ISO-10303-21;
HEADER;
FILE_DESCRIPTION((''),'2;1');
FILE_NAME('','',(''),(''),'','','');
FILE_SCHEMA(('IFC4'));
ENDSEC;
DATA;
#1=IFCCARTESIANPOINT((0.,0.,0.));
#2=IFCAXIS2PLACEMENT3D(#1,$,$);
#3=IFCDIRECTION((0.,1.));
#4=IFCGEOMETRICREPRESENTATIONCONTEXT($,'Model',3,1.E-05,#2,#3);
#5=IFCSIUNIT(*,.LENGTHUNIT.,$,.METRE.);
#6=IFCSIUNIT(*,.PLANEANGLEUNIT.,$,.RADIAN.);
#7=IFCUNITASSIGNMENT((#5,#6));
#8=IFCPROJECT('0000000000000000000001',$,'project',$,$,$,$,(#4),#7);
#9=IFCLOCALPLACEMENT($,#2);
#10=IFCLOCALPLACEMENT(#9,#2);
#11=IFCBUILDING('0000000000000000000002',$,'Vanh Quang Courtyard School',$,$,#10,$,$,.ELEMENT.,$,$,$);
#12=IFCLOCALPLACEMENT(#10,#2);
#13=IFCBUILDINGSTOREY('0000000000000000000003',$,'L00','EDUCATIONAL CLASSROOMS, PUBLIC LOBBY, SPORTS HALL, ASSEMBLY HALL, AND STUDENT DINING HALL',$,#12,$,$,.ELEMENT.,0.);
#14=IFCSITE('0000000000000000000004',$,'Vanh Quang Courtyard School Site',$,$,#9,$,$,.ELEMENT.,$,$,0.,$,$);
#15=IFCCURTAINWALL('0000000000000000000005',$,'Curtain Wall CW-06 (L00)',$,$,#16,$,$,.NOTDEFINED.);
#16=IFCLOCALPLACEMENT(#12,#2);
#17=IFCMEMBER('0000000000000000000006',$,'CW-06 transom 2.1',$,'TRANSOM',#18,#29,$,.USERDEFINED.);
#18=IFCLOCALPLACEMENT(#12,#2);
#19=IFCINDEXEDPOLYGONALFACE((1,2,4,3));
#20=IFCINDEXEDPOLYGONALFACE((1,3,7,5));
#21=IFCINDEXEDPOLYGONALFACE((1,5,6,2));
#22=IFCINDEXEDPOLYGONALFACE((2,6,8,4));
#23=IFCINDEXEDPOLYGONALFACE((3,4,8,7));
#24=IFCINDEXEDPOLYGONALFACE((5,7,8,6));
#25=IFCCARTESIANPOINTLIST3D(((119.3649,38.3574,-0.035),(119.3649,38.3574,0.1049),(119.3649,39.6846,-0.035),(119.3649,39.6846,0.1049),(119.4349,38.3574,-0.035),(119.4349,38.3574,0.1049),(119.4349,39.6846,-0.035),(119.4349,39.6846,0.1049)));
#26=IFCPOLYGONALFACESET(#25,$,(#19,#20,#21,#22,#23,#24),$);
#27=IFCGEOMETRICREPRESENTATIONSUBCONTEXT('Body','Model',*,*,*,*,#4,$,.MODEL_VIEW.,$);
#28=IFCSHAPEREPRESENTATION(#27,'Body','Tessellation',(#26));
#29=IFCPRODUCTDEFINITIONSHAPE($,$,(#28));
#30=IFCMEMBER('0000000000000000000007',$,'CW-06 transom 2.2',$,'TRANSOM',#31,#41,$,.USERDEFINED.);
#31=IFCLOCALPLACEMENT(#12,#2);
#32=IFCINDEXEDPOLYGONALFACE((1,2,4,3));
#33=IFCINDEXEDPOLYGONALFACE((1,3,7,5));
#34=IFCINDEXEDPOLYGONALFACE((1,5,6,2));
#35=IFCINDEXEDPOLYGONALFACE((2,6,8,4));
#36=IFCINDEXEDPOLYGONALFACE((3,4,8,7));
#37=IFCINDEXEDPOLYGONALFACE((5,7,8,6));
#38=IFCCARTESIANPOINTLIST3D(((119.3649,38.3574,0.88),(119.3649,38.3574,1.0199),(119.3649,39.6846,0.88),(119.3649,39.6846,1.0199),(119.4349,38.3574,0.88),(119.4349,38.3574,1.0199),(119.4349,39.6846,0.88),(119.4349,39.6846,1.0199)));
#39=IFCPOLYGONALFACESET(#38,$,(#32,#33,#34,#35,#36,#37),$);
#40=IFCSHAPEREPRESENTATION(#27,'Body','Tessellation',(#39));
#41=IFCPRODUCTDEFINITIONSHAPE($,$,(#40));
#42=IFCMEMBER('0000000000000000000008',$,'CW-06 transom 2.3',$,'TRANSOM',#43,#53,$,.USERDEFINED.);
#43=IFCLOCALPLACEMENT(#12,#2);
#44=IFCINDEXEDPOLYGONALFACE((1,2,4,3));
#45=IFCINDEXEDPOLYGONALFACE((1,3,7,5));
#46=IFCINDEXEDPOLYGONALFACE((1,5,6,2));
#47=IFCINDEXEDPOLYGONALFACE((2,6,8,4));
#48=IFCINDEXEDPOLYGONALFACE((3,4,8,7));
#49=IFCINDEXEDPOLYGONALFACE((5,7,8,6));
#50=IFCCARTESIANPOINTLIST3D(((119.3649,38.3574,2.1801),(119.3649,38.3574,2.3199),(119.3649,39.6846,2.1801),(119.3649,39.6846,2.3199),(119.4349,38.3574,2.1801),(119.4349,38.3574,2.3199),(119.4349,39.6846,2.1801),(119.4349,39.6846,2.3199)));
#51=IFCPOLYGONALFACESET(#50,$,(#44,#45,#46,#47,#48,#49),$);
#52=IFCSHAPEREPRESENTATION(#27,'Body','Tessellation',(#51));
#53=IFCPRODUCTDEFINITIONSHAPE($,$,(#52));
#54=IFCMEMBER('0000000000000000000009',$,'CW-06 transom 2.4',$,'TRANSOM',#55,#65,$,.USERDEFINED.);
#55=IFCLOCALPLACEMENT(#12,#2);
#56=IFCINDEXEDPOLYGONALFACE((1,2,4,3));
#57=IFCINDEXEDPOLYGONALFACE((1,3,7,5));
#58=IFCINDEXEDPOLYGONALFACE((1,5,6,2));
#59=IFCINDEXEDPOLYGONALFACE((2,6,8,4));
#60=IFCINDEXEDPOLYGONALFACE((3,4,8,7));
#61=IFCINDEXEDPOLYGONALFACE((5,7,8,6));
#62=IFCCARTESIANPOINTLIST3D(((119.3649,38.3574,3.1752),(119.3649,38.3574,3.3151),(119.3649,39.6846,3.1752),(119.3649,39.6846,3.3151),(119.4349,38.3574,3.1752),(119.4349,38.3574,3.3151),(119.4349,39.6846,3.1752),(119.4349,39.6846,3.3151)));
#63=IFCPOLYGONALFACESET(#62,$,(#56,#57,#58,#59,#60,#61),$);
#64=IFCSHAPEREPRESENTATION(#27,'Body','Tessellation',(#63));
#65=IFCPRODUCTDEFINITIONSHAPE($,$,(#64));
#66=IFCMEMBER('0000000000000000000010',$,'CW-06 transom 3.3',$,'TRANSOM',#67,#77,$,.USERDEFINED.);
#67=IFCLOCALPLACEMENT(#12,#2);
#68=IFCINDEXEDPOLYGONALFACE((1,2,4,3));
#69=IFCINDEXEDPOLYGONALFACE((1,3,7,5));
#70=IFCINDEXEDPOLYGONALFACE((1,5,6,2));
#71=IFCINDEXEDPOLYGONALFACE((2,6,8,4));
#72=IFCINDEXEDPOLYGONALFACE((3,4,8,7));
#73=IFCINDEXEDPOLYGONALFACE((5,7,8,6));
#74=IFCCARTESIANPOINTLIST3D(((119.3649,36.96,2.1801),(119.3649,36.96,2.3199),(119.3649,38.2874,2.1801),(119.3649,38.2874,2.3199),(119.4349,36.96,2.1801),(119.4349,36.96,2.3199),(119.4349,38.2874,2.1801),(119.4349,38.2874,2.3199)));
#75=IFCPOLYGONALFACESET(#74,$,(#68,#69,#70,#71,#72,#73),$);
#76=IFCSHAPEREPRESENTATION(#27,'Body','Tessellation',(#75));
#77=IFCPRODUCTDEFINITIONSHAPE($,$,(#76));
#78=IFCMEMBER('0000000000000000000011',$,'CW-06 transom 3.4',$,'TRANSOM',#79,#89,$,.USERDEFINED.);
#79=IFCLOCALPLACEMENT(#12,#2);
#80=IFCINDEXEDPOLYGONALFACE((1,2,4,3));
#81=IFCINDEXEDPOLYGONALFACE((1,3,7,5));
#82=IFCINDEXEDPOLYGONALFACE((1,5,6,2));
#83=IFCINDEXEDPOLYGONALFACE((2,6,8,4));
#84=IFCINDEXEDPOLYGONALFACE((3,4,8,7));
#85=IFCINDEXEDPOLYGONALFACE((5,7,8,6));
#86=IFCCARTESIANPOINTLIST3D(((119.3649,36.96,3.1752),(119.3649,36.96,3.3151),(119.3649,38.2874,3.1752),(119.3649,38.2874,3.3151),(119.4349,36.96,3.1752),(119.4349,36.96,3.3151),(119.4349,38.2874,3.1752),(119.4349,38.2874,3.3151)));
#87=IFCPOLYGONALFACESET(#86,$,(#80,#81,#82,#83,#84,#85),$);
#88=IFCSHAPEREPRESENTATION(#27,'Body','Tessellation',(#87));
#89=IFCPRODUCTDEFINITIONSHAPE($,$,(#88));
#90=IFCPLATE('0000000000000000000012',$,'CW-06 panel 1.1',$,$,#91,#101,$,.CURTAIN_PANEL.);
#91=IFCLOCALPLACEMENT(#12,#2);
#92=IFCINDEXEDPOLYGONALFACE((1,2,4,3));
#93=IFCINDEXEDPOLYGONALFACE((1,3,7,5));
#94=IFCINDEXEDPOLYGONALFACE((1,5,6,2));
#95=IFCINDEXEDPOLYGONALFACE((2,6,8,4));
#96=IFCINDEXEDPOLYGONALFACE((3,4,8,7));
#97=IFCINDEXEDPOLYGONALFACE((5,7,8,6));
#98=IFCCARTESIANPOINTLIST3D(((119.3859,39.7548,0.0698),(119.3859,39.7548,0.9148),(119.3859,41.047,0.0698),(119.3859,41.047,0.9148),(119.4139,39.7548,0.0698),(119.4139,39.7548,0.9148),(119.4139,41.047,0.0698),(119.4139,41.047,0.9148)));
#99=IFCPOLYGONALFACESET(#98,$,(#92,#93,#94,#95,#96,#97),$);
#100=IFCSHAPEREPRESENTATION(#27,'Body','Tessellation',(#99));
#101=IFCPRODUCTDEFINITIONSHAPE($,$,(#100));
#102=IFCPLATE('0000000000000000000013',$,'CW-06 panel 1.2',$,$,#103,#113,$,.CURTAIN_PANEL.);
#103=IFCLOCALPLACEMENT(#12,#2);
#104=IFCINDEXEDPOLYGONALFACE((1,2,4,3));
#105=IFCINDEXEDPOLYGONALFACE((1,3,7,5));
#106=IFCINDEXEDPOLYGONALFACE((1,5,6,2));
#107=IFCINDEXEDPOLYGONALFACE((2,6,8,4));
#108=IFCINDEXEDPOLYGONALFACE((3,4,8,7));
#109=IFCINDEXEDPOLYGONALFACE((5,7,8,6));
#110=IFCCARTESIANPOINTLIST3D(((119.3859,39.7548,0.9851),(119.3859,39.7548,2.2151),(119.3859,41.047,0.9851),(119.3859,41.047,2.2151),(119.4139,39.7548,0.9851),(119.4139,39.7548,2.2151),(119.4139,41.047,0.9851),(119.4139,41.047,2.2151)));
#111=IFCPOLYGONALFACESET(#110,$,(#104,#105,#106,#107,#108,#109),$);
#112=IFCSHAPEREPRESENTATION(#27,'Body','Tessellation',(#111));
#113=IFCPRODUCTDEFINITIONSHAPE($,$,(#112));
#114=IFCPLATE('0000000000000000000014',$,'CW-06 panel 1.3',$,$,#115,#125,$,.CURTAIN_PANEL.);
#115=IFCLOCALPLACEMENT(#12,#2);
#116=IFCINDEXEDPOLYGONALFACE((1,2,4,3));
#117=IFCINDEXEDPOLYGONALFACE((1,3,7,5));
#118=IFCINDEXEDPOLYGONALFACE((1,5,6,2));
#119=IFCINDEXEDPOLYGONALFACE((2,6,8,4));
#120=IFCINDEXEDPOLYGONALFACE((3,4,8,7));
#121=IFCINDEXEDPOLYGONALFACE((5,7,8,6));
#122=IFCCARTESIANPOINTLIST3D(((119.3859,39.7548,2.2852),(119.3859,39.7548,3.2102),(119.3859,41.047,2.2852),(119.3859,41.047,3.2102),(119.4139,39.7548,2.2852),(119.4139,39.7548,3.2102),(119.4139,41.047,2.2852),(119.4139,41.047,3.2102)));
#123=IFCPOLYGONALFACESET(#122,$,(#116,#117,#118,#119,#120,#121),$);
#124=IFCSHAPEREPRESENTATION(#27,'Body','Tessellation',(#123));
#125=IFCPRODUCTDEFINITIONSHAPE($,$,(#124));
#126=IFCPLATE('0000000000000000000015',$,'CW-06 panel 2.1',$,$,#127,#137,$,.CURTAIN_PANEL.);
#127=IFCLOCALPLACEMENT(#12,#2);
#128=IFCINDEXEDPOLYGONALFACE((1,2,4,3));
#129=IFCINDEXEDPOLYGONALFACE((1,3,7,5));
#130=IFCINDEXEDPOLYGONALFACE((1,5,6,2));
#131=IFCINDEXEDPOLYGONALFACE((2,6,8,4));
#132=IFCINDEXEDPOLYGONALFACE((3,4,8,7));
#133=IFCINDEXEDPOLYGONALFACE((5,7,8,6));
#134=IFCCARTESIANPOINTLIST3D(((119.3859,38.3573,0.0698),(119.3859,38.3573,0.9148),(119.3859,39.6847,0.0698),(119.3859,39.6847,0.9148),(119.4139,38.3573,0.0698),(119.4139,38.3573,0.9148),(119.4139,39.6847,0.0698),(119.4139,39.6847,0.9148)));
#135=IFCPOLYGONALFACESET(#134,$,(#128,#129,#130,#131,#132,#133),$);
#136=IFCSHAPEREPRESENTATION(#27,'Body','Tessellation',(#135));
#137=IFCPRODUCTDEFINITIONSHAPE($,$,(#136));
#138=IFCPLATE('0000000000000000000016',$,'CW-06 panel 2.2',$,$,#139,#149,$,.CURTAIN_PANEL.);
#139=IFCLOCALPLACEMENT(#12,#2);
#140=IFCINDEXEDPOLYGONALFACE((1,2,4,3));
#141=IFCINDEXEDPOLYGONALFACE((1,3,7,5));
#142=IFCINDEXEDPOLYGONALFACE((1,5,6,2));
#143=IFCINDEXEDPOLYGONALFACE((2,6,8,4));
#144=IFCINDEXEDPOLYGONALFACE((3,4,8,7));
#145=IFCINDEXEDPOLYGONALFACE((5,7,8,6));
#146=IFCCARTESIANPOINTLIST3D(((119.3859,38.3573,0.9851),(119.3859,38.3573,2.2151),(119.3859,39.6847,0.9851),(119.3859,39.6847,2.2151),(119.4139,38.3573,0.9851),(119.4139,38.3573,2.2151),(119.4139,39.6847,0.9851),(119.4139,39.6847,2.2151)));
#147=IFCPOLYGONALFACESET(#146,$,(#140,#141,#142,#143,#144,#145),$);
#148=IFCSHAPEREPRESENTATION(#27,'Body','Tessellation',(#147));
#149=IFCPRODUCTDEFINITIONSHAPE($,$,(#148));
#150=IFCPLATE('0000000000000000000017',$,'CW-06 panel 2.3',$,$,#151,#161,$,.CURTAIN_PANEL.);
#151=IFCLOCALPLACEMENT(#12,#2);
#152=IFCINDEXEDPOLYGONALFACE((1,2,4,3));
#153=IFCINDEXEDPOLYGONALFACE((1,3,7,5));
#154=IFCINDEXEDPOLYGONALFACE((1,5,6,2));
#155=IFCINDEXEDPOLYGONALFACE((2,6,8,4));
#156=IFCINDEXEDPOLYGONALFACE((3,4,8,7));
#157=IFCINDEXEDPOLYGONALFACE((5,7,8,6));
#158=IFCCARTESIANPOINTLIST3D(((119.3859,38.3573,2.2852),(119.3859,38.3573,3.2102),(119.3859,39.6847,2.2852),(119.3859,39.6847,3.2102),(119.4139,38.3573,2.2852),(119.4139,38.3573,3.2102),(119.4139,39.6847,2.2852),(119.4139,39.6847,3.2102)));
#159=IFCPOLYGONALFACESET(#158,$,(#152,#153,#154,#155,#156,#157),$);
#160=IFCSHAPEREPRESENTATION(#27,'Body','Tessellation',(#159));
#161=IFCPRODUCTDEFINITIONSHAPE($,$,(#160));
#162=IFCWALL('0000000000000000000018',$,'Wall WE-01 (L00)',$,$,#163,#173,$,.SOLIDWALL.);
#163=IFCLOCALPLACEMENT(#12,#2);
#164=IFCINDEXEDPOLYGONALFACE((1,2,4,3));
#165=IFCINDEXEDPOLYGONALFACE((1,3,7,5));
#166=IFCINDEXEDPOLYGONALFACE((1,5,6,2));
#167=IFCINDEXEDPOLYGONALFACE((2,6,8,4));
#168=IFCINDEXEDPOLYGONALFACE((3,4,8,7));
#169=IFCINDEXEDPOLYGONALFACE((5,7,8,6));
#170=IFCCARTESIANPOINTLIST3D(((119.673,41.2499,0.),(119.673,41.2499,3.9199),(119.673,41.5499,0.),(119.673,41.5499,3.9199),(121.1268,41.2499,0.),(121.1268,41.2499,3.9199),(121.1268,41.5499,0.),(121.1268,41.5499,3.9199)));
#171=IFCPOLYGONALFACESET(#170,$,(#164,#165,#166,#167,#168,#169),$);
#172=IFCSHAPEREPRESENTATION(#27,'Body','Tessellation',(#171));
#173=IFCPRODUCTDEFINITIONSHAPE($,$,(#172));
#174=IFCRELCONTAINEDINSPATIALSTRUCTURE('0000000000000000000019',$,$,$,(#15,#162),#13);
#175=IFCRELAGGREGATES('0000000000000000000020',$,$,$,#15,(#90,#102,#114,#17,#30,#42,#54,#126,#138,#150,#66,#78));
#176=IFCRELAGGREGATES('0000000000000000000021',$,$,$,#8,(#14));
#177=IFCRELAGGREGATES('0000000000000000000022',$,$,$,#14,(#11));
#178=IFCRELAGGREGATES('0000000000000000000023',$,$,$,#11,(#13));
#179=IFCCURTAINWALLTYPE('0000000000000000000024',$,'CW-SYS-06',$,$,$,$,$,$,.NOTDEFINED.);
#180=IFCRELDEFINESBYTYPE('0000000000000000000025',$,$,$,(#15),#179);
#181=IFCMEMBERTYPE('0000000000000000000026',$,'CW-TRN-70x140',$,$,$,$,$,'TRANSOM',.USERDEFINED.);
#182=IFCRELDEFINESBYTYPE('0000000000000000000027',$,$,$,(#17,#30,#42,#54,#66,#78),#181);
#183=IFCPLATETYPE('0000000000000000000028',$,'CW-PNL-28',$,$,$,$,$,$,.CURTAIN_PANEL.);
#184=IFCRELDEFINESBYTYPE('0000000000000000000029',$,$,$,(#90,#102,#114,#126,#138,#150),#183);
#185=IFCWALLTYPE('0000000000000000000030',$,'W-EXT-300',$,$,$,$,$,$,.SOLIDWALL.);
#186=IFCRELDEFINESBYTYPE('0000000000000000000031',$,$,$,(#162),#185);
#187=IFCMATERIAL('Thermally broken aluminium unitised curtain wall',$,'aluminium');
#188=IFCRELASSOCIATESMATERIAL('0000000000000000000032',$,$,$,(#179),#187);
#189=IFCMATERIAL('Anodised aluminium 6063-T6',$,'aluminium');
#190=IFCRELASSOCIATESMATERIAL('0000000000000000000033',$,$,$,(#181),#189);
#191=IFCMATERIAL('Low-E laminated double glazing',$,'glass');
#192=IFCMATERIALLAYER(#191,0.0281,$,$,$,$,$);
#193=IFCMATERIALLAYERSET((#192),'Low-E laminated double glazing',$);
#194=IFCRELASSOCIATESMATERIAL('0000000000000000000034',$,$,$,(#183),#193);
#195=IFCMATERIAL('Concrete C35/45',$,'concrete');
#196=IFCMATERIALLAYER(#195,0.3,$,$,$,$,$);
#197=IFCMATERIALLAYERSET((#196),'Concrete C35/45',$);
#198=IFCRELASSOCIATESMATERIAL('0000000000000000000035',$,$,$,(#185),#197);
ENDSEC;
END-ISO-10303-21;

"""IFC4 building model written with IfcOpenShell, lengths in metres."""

from ifc_helpers import new_model, si_unit, direction, frame, frame_2d, origin, origin_2d, place, context, subcontext, project, spatial, rectangle, extrude, material, layer, layer_set, material_profile, profile_set, type_object, element, aggregate, save


model = new_model("IFC4")

# Units and contexts
model_context = context("Model", 3, precision=1e-05, world=origin(), true_north=direction((0.0, 1.0)))
body_context = subcontext(model_context, "Body", "Model", "MODEL_VIEW")
ifc_project = project(units=[si_unit("LENGTHUNIT", "METRE"), si_unit("PLANEANGLEUNIT", "RADIAN")], contexts=[model_context])

# Site, building, storey
site_placement = place(None, origin())
site = spatial("IfcSite", under=ifc_project, at=site_placement, Name="Vanh Quang Courtyard School Site", CompositionType="ELEMENT", RefElevation=0.0)
building_placement = place(site_placement, origin())
building = spatial("IfcBuilding", under=site, at=building_placement, Name="Vanh Quang Courtyard School", CompositionType="ELEMENT")
storey_placement = place(building_placement, origin())
storey = spatial("IfcBuildingStorey", under=building, at=storey_placement, Name="L00", Description="EDUCATIONAL CLASSROOMS, PUBLIC LOBBY, SPORTS HALL, ASSEMBLY HALL, AND STUDENT DINING HALL", CompositionType="ELEMENT", Elevation=0.0)

# Shared definitions
ifc_material_1 = material(Name="Concrete C35/45", Category="concrete")

# Curtain wall, members, plates
ifc_material_2 = material(Name="Thermally broken aluminium unitised curtain wall", Category="aluminium")
curtain_wall_type = type_object("IfcCurtainWallType", Name="CW-SYS-06", PredefinedType="NOTDEFINED", material=ifc_material_2)
curtain_wall_placement = place(storey_placement, origin())
curtain_wall = element("IfcCurtainWall", 1, at=curtain_wall_placement, inside=storey, type_object=curtain_wall_type, Name="Curtain Wall CW-06 (L00)", PredefinedType="NOTDEFINED")
ifc_material_3 = material(Name="Anodised aluminium 6063-T6", Category="aluminium")
ifc_material_profile_1 = material_profile(ifc_material_3, rectangle(XDim=0.0701, YDim=0.1399, at=origin_2d()), Name="ALU-TRN 70x140")
ifc_profile_set_1 = profile_set([ifc_material_profile_1], Name="Anodised aluminium 6063-T6")
member_type_1 = type_object("IfcMemberType", Name="CW-TRN-70x140", ElementType="TRANSOM", PredefinedType="USERDEFINED", material=ifc_profile_set_1)
member_1_placement = place(storey_placement, frame((119.3999, 39.6846, 0.0349), z_axis=(0.0, -1.0, 0.0), x_axis=(1.0, 0.0, 0.0)))
member_1 = element("IfcMember", 2, at=member_1_placement, type_object=member_type_1, Name="CW-06 transom 2.1", ObjectType="TRANSOM", PredefinedType="USERDEFINED", context=body_context, shape_type="SweptSolid", body=[
    extrude(rectangle(XDim=0.0701, YDim=0.1399, at=origin_2d()), origin(), (0.0, 0.0, 1.0), 1.3271),
])
member_2_placement = place(storey_placement, frame((119.3999, 39.6846, 0.95), z_axis=(0.0, -1.0, 0.0), x_axis=(1.0, 0.0, 0.0)))
member_2 = element("IfcMember", 3, at=member_2_placement, type_object=member_type_1, Name="CW-06 transom 2.2", ObjectType="TRANSOM", PredefinedType="USERDEFINED", context=body_context, shape_type="SweptSolid", body=[
    extrude(rectangle(XDim=0.0701, YDim=0.1399, at=origin_2d()), origin(), (0.0, 0.0, 1.0), 1.3271),
])
member_3_placement = place(storey_placement, frame((119.3999, 39.6846, 2.25), z_axis=(0.0, -1.0, 0.0), x_axis=(1.0, 0.0, 0.0)))
member_3 = element("IfcMember", 4, at=member_3_placement, type_object=member_type_1, Name="CW-06 transom 2.3", ObjectType="TRANSOM", PredefinedType="USERDEFINED", context=body_context, shape_type="SweptSolid", body=[
    extrude(rectangle(XDim=0.0701, YDim=0.1399, at=origin_2d()), origin(), (0.0, 0.0, 1.0), 1.3271),
])
member_4_placement = place(storey_placement, frame((119.3999, 39.6846, 3.2451), z_axis=(0.0, -1.0, 0.0), x_axis=(1.0, 0.0, 0.0)))
member_4 = element("IfcMember", 5, at=member_4_placement, type_object=member_type_1, Name="CW-06 transom 2.4", ObjectType="TRANSOM", PredefinedType="USERDEFINED", context=body_context, shape_type="SweptSolid", body=[
    extrude(rectangle(XDim=0.0701, YDim=0.1399, at=origin_2d()), origin(), (0.0, 0.0, 1.0), 1.3271),
])
member_5_placement = place(storey_placement, frame((119.3999, 38.2874, 2.25), z_axis=(0.0, -1.0, 0.0), x_axis=(1.0, 0.0, 0.0)))
member_5 = element("IfcMember", 6, at=member_5_placement, type_object=member_type_1, Name="CW-06 transom 3.3", ObjectType="TRANSOM", PredefinedType="USERDEFINED", context=body_context, shape_type="SweptSolid", body=[
    extrude(rectangle(XDim=0.0701, YDim=0.1399, at=origin_2d()), origin(), (0.0, 0.0, 1.0), 1.3274),
])
member_6_placement = place(storey_placement, frame((119.3999, 38.2874, 3.2451), z_axis=(0.0, -1.0, 0.0), x_axis=(1.0, 0.0, 0.0)))
member_6 = element("IfcMember", 7, at=member_6_placement, type_object=member_type_1, Name="CW-06 transom 3.4", ObjectType="TRANSOM", PredefinedType="USERDEFINED", context=body_context, shape_type="SweptSolid", body=[
    extrude(rectangle(XDim=0.0701, YDim=0.1399, at=origin_2d()), origin(), (0.0, 0.0, 1.0), 1.3274),
])
ifc_material_4 = material(Name="Low-E laminated double glazing", Category="glass")
ifc_layer_1 = layer(ifc_material_4, 0.0281)
ifc_layer_set_1 = layer_set([ifc_layer_1], Name="Low-E laminated double glazing")
plate_type = type_object("IfcPlateType", Name="CW-PNL-28", PredefinedType="CURTAIN_PANEL", material=ifc_layer_set_1)
plate_1_placement = place(storey_placement, frame((119.3999, 40.4009, 0.0698), z_axis=(0.0, 0.0, 1.0), x_axis=(0.0, -1.0, 0.0)))
plate_1 = element("IfcPlate", 8, at=plate_1_placement, type_object=plate_type, Name="CW-06 panel 1.1", PredefinedType="CURTAIN_PANEL", context=body_context, shape_type="SweptSolid", body=[
    extrude(rectangle(XDim=1.2922, YDim=0.0281, at=origin_2d()), origin(), (0.0, 0.0, 1.0), 0.845),
])
plate_2_placement = place(storey_placement, frame((119.3999, 40.4009, 0.9851), z_axis=(0.0, 0.0, 1.0), x_axis=(0.0, -1.0, 0.0)))
plate_2 = element("IfcPlate", 9, at=plate_2_placement, type_object=plate_type, Name="CW-06 panel 1.2", PredefinedType="CURTAIN_PANEL", context=body_context, shape_type="SweptSolid", body=[
    extrude(rectangle(XDim=1.2922, YDim=0.0281, at=origin_2d()), origin(), (0.0, 0.0, 1.0), 1.23),
])
plate_3_placement = place(storey_placement, frame((119.3999, 40.4009, 2.2852), z_axis=(0.0, 0.0, 1.0), x_axis=(0.0, -1.0, 0.0)))
plate_3 = element("IfcPlate", 10, at=plate_3_placement, type_object=plate_type, Name="CW-06 panel 1.3", PredefinedType="CURTAIN_PANEL", context=body_context, shape_type="SweptSolid", body=[
    extrude(rectangle(XDim=1.2922, YDim=0.0281, at=origin_2d()), origin(), (0.0, 0.0, 1.0), 0.925),
])
plate_4_placement = place(storey_placement, frame((119.3999, 39.021, 0.0698), z_axis=(0.0, 0.0, 1.0), x_axis=(0.0, -1.0, 0.0)))
plate_4 = element("IfcPlate", 11, at=plate_4_placement, type_object=plate_type, Name="CW-06 panel 2.1", PredefinedType="CURTAIN_PANEL", context=body_context, shape_type="SweptSolid", body=[
    extrude(rectangle(XDim=1.3274, YDim=0.0281, at=origin_2d()), origin(), (0.0, 0.0, 1.0), 0.845),
])
plate_5_placement = place(storey_placement, frame((119.3999, 39.021, 0.9851), z_axis=(0.0, 0.0, 1.0), x_axis=(0.0, -1.0, 0.0)))
plate_5 = element("IfcPlate", 12, at=plate_5_placement, type_object=plate_type, Name="CW-06 panel 2.2", PredefinedType="CURTAIN_PANEL", context=body_context, shape_type="SweptSolid", body=[
    extrude(rectangle(XDim=1.3274, YDim=0.0281, at=origin_2d()), origin(), (0.0, 0.0, 1.0), 1.23),
])
plate_6_placement = place(storey_placement, frame((119.3999, 39.021, 2.2852), z_axis=(0.0, 0.0, 1.0), x_axis=(0.0, -1.0, 0.0)))
plate_6 = element("IfcPlate", 13, at=plate_6_placement, type_object=plate_type, Name="CW-06 panel 2.3", PredefinedType="CURTAIN_PANEL", context=body_context, shape_type="SweptSolid", body=[
    extrude(rectangle(XDim=1.3274, YDim=0.0281, at=origin_2d()), origin(), (0.0, 0.0, 1.0), 0.925),
])
aggregate(curtain_wall, [plate_1, plate_2, plate_3, member_1, member_2, member_3, member_4, plate_4, plate_5, plate_6, member_5, member_6])

# Wall
ifc_layer_2 = layer(ifc_material_1, 0.3)
ifc_layer_set_2 = layer_set([ifc_layer_2], Name="Concrete C35/45")
wall_type_1 = type_object("IfcWallType", Name="W-EXT-300", PredefinedType="SOLIDWALL", material=ifc_layer_set_2)
wall_1_placement = place(storey_placement, frame((121.127, 41.3999, 0.0), z_axis=(0.0, 0.0, 1.0), x_axis=(-1.0, 0.0, 0.0)))
element("IfcWall", 14, at=wall_1_placement, inside=storey, type_object=wall_type_1, Name="Wall WE-01 (L00)", PredefinedType="SOLIDWALL", context=body_context, shape_type="SweptSolid", body=[
    extrude(rectangle(XDim=1.4539, YDim=0.3, at=frame_2d((0.7271, 0.0))), origin(), (0.0, 0.0, 1.0), 3.9199),
])

save(model, "model.ifc")
